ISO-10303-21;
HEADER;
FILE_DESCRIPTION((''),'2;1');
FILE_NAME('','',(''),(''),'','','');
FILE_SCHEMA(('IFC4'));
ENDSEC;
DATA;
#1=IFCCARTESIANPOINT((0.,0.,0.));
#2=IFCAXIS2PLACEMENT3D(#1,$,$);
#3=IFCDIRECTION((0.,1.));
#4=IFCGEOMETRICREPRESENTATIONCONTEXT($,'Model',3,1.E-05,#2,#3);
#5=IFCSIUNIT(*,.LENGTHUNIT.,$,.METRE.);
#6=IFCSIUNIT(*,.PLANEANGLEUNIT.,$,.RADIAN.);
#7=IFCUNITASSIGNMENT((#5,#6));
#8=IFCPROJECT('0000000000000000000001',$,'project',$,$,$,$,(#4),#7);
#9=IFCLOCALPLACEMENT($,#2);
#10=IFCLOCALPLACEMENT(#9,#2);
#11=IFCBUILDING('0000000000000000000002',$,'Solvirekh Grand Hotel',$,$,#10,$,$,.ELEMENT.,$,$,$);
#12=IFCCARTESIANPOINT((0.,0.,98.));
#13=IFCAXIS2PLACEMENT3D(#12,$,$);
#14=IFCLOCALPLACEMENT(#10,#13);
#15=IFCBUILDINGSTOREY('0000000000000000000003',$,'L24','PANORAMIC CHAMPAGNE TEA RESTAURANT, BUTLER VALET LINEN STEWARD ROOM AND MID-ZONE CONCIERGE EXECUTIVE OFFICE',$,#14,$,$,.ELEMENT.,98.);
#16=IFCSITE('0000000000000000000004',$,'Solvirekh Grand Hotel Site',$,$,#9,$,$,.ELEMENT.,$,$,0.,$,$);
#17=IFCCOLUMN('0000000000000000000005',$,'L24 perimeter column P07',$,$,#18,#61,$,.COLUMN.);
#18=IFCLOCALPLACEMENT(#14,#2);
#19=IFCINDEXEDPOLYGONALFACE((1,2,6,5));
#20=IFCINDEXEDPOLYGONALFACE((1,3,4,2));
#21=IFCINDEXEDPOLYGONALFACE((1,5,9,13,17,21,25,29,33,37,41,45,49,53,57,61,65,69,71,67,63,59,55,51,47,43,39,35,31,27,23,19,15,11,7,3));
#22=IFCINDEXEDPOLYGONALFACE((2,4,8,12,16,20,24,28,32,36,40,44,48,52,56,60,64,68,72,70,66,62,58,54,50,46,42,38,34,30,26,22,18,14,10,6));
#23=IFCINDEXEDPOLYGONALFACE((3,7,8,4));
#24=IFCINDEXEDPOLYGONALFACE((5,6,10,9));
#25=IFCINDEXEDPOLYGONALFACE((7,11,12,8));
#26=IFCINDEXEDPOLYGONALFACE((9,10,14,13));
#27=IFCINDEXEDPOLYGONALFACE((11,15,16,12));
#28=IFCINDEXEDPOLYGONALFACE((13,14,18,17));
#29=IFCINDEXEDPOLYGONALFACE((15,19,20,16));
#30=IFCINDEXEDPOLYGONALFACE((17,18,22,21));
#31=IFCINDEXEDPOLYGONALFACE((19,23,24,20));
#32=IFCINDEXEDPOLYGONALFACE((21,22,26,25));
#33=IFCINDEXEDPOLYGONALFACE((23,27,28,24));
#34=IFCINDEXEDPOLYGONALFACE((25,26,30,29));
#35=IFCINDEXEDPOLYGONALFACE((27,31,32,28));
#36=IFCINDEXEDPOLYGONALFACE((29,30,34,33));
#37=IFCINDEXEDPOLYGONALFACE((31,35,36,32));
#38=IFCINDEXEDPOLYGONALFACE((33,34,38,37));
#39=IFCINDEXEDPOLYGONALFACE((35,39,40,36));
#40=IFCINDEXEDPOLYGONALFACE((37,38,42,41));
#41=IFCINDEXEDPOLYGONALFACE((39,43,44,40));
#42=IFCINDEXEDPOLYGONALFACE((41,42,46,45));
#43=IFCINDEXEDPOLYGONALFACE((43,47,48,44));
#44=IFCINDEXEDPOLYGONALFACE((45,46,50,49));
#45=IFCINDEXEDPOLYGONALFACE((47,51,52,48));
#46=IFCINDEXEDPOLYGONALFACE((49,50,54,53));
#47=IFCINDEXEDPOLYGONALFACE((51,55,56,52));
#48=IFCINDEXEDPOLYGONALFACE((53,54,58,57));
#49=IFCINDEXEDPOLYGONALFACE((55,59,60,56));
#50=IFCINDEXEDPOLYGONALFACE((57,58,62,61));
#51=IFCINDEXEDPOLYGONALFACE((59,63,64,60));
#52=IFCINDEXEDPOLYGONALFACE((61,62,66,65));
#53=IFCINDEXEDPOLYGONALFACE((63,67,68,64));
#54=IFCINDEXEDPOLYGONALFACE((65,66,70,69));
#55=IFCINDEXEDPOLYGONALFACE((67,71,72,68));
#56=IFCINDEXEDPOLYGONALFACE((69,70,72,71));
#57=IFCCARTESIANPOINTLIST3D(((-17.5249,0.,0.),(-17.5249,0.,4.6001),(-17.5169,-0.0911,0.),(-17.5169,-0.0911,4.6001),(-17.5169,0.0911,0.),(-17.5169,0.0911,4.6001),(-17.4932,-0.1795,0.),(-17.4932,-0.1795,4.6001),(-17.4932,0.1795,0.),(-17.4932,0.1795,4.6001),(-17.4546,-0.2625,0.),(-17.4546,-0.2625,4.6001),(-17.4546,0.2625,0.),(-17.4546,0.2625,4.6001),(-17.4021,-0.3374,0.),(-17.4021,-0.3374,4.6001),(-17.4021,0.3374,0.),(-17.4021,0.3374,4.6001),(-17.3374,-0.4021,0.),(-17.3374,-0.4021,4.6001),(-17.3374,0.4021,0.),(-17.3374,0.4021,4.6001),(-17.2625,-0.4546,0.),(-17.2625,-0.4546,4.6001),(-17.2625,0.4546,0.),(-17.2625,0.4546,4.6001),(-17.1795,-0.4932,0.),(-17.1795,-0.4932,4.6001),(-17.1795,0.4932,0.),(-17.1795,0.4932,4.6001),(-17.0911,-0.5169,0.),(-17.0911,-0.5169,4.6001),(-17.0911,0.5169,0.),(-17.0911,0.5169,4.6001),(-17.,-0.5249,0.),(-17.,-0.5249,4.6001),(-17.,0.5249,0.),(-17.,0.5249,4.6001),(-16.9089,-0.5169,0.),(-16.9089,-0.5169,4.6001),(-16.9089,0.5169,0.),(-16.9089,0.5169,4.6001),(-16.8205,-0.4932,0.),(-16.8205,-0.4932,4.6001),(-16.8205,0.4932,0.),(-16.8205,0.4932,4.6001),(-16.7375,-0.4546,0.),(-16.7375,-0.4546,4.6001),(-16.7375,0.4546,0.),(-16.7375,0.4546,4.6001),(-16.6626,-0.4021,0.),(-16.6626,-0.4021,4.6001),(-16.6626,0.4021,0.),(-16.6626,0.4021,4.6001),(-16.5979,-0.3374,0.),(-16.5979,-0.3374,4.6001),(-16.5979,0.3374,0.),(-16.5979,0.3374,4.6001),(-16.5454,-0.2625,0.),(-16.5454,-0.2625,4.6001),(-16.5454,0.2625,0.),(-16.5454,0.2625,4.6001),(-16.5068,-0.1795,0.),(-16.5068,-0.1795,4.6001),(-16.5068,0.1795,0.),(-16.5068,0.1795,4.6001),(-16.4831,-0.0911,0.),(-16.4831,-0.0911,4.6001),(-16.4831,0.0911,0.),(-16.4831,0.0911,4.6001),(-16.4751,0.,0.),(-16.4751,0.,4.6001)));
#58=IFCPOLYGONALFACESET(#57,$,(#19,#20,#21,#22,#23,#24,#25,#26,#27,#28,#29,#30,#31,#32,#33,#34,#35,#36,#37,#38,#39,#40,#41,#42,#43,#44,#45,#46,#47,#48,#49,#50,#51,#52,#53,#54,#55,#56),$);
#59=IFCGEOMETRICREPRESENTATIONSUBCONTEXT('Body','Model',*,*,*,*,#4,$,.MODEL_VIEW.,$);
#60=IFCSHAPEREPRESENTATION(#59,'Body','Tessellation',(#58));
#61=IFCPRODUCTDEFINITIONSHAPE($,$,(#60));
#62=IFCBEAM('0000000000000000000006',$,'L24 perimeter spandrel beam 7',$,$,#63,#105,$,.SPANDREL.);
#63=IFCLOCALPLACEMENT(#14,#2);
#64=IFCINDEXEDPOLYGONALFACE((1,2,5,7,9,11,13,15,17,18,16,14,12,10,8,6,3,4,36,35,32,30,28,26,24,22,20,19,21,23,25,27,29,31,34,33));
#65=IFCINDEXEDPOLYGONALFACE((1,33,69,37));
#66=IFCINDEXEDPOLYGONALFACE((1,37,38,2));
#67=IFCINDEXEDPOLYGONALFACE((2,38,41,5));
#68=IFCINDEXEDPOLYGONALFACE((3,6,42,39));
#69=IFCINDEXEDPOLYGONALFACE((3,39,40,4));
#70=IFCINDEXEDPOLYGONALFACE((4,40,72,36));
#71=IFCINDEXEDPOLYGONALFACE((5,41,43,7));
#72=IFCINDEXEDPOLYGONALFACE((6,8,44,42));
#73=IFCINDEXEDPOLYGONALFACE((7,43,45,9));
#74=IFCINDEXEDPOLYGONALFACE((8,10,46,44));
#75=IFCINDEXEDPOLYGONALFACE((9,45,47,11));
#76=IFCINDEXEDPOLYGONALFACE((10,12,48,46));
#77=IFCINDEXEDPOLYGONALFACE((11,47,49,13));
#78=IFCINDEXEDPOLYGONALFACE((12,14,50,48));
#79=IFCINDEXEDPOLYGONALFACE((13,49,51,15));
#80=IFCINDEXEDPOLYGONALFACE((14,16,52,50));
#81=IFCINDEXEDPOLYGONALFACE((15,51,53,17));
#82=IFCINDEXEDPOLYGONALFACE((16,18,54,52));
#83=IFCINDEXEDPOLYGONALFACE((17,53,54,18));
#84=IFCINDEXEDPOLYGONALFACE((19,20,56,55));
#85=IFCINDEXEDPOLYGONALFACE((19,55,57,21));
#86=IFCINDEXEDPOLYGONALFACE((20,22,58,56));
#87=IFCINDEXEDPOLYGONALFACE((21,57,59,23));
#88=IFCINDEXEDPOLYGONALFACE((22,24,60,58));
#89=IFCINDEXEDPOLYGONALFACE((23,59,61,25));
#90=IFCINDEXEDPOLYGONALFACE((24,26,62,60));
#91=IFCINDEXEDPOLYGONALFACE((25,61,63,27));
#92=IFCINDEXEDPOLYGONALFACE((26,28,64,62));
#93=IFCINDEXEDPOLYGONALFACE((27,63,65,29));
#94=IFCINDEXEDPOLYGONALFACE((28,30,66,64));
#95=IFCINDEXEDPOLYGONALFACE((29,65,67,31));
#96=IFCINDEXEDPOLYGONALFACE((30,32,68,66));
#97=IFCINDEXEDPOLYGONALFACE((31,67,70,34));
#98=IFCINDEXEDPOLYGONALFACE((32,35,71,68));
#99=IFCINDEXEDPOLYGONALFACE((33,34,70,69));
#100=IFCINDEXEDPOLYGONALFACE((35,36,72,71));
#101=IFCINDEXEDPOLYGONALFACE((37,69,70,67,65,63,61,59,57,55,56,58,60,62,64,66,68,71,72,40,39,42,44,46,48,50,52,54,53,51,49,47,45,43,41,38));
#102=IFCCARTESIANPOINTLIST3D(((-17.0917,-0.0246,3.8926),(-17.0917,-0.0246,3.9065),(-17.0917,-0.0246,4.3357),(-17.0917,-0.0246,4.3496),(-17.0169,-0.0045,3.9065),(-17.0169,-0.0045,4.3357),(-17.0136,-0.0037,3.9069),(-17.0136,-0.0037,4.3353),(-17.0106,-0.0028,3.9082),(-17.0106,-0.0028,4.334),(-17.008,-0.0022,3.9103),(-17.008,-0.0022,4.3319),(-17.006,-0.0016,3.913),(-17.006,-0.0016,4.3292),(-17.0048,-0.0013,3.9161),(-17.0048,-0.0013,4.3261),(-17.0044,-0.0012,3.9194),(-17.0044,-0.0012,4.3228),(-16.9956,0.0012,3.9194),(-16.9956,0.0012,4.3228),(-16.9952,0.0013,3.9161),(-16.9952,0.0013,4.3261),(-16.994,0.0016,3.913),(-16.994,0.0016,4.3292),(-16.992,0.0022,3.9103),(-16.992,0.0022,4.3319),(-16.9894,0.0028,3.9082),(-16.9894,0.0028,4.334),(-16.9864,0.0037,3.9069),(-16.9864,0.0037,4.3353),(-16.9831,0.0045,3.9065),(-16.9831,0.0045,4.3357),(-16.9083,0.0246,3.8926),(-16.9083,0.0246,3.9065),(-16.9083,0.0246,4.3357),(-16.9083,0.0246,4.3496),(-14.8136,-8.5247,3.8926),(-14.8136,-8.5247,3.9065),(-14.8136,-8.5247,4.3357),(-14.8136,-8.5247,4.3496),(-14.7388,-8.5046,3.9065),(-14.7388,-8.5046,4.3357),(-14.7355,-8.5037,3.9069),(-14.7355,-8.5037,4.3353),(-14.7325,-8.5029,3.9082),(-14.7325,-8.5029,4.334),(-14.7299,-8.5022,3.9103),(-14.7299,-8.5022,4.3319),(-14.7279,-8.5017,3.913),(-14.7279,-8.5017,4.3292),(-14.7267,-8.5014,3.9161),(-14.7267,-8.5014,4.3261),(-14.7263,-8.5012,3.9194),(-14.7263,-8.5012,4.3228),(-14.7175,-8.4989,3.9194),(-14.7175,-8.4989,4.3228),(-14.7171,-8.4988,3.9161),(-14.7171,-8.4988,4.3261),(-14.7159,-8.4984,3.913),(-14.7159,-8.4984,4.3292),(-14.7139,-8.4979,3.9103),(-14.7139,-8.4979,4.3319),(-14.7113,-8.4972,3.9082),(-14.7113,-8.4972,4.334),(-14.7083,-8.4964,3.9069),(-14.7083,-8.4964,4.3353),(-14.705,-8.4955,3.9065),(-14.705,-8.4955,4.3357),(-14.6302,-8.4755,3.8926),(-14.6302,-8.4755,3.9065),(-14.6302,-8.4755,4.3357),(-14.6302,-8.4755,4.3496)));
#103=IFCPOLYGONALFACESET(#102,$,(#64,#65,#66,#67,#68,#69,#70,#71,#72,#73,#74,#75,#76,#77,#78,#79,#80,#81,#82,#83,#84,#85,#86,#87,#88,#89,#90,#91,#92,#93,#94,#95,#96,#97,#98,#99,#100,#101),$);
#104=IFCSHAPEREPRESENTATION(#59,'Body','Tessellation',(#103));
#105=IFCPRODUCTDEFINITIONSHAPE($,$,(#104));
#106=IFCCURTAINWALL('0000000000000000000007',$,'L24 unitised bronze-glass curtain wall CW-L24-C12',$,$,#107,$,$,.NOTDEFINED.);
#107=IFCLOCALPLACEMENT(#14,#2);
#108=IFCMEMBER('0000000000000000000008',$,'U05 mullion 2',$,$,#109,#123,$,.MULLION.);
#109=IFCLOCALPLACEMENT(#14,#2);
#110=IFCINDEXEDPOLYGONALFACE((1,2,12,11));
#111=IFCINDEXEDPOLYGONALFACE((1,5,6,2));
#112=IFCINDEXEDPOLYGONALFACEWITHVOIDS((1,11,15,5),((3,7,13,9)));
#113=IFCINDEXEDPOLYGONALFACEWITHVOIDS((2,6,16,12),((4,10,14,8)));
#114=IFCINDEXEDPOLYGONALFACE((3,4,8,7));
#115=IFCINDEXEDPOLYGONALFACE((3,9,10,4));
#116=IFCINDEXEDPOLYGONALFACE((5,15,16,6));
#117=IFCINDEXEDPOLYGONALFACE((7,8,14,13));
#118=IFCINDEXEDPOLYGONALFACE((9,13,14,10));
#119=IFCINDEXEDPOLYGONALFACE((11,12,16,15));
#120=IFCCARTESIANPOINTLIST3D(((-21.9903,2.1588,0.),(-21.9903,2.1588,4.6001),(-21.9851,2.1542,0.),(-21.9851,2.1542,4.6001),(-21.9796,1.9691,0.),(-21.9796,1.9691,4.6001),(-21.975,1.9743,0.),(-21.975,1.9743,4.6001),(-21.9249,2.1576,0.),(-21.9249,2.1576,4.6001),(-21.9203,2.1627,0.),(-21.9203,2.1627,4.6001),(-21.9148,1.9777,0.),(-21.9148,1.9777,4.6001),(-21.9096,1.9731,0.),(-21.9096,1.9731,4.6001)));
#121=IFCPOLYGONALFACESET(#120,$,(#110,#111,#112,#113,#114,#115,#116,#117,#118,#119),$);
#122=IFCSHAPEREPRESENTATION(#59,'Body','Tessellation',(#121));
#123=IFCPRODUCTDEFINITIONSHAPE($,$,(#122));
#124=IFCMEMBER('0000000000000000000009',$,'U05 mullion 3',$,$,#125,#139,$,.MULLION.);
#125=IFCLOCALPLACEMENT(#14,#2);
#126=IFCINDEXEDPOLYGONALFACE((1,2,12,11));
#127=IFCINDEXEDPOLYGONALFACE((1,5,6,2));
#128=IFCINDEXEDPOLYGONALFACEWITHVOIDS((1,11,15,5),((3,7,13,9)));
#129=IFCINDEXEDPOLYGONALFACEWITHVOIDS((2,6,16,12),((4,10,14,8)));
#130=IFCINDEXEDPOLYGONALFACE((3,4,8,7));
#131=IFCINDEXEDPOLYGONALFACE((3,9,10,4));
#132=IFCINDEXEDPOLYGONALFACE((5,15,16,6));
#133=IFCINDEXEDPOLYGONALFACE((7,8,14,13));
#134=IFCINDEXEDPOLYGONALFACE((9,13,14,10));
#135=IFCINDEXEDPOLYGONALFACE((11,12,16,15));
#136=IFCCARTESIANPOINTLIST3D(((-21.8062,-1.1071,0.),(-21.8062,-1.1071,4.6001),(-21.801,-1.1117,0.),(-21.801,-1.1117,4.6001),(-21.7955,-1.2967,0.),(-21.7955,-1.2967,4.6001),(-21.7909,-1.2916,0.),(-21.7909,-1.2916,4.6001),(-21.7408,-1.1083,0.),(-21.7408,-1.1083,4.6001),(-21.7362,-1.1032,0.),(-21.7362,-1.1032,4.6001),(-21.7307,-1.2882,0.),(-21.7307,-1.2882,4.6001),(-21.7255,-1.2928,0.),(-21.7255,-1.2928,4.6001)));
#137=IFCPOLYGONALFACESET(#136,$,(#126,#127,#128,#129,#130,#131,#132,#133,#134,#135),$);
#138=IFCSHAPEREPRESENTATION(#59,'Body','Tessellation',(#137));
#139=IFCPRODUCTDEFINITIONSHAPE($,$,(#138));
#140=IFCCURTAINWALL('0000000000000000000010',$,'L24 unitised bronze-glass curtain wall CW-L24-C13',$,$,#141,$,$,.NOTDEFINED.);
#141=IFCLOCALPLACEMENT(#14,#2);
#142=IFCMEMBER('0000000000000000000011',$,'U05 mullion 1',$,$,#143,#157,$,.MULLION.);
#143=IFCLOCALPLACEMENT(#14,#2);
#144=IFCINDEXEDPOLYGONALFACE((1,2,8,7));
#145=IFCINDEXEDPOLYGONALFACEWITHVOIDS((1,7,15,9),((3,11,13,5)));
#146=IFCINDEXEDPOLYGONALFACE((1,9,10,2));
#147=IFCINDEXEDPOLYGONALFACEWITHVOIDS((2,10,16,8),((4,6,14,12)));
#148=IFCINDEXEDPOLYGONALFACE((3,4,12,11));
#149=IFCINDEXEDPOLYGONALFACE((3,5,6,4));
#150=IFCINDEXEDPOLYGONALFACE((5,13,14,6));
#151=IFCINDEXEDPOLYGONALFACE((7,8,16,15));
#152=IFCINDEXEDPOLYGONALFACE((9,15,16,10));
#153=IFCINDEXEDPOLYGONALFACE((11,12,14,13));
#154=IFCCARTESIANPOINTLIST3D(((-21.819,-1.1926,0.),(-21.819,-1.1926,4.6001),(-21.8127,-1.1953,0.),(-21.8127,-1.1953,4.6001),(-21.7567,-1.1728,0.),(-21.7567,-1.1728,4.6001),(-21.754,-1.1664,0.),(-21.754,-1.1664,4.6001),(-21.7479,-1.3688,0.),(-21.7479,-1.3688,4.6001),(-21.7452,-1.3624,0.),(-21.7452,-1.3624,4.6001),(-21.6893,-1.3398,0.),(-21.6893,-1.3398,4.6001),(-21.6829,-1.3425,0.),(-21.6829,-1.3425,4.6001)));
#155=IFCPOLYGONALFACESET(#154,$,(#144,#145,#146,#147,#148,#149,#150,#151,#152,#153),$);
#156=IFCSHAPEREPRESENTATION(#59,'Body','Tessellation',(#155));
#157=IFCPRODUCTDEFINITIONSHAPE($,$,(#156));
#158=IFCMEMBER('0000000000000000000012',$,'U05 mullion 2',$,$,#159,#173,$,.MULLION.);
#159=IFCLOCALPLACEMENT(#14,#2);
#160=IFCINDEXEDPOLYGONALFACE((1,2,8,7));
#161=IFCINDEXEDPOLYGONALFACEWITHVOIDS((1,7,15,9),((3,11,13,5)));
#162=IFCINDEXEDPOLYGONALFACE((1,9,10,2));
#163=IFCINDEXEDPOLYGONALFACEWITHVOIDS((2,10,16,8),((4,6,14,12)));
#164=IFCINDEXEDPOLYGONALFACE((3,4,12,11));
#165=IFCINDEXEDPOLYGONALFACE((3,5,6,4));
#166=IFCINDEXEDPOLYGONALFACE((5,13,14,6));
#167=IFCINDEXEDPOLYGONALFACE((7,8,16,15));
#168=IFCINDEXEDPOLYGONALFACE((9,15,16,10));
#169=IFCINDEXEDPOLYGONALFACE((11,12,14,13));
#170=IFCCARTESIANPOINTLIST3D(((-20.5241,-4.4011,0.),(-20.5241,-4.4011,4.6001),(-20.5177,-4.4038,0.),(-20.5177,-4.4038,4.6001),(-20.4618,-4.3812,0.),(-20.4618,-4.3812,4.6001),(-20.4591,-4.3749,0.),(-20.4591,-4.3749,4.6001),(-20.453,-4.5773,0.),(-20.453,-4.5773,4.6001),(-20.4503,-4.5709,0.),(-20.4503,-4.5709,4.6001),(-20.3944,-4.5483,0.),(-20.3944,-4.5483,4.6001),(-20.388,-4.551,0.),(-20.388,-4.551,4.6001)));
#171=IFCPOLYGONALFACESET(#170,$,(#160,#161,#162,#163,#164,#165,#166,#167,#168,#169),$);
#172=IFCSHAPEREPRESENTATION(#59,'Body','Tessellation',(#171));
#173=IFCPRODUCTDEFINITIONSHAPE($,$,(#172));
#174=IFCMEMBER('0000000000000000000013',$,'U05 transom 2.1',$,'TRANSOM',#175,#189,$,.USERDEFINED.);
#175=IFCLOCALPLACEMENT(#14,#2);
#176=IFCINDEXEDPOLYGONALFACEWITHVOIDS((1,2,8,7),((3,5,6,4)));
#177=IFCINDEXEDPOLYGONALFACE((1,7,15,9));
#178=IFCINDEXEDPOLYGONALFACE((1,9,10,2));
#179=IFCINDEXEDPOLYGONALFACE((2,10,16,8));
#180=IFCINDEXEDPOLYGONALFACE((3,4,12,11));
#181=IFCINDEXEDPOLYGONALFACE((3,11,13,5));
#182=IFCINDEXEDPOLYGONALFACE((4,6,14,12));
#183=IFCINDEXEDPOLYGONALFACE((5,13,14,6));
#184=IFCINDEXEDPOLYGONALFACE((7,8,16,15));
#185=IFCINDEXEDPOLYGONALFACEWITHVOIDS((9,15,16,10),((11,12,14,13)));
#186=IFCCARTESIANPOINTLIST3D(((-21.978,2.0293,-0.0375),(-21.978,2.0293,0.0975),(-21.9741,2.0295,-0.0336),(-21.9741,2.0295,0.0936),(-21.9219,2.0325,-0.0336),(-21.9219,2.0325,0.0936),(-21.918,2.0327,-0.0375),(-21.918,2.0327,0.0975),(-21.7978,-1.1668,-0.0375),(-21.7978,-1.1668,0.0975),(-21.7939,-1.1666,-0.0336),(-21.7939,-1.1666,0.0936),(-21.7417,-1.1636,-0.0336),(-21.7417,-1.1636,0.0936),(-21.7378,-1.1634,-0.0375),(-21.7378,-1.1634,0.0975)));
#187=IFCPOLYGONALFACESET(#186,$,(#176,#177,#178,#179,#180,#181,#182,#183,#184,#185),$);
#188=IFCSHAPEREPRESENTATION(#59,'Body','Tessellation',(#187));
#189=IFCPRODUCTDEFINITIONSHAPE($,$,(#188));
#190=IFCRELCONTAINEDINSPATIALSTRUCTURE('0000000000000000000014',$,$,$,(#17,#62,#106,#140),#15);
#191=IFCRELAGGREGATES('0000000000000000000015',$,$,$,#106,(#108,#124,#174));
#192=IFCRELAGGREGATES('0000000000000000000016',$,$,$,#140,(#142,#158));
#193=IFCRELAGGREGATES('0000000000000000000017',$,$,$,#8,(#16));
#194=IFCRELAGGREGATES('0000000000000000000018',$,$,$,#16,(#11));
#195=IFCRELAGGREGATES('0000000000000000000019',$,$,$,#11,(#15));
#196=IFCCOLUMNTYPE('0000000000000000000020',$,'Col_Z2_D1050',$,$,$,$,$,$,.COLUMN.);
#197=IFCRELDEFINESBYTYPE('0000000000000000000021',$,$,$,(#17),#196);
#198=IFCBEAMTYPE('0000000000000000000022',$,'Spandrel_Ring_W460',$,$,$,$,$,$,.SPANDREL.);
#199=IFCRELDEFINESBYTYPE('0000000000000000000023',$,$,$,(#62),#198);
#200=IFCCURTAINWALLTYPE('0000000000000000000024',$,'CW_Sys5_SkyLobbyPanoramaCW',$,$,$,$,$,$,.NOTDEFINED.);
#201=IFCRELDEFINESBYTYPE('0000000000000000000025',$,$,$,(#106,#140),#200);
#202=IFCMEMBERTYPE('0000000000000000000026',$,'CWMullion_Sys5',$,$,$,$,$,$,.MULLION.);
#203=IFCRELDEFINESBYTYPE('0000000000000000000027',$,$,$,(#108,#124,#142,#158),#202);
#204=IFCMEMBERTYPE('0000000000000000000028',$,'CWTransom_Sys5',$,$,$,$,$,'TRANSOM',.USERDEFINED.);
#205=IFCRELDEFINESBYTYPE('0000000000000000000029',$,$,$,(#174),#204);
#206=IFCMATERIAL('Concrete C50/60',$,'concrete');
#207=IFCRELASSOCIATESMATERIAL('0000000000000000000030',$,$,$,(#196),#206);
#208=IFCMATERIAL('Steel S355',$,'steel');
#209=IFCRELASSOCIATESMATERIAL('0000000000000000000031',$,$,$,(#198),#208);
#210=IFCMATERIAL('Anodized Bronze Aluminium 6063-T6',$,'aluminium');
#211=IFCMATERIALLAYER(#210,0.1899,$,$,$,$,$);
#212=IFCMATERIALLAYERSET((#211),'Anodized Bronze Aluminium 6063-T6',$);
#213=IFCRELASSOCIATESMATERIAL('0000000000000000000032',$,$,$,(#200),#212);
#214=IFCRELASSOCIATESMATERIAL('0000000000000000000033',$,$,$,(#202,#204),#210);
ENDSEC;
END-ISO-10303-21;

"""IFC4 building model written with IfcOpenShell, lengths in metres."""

from ifc_helpers import new_model, si_unit, direction, frame, origin, origin_2d, place, context, subcontext, project, spatial, hollow_rectangle, circle, i_section, extrude, source, transform, mapped, material, layer, layer_set, material_profile, profile_set, type_object, element, aggregate, save


model = new_model("IFC4")

# Units and contexts
model_context = context("Model", 3, precision=1e-05, world=origin(), true_north=direction((0.0, 1.0)))
body_context = subcontext(model_context, "Body", "Model", "MODEL_VIEW")
ifc_project = project(units=[si_unit("LENGTHUNIT", "METRE"), si_unit("PLANEANGLEUNIT", "RADIAN")], contexts=[model_context])

# Site, building, storey
site_placement = place(None, origin())
site = spatial("IfcSite", under=ifc_project, at=site_placement, Name="Solvirekh Grand Hotel Site", CompositionType="ELEMENT", RefElevation=0.0)
building_placement = place(site_placement, origin())
building = spatial("IfcBuilding", under=site, at=building_placement, Name="Solvirekh Grand Hotel", CompositionType="ELEMENT")
storey_placement = place(building_placement, frame((0.0, 0.0, 98.0)))
storey = spatial("IfcBuildingStorey", under=building, at=storey_placement, Name="L24", Description="PANORAMIC CHAMPAGNE TEA RESTAURANT, BUTLER VALET LINEN STEWARD ROOM AND MID-ZONE CONCIERGE EXECUTIVE OFFICE", CompositionType="ELEMENT", Elevation=98.0)

# Column
ifc_material_1 = material(Name="Concrete C50/60", Category="concrete")
ifc_material_profile_1 = material_profile(ifc_material_1, circle(Radius=0.5249, at=origin_2d()), Name="RC CIRC D1050")
ifc_profile_set_1 = profile_set([ifc_material_profile_1], Name="Concrete C50/60")
column_type = type_object("IfcColumnType", Name="Col_Z2_D1050", PredefinedType="COLUMN", material=ifc_profile_set_1)
column_placement = place(storey_placement, frame((-17.0, 0.0, 0.0), z_axis=(0.0, 0.0, 1.0), x_axis=(1.0, 0.0, 0.0)))
element("IfcColumn", 1, at=column_placement, inside=storey, type_object=column_type, Name="L24 perimeter column P07", PredefinedType="COLUMN", context=body_context, shape_type="SweptSolid", body=[
    extrude(circle(Radius=0.5249, at=origin_2d()), origin(), (0.0, 0.0, 1.0), 4.6001),
])

# Beam
ifc_material_2 = material(Name="Steel S355", Category="steel")
ifc_material_profile_2 = material_profile(ifc_material_2, i_section(OverallWidth=0.1899, OverallDepth=0.457, WebThickness=0.009, FlangeThickness=0.0139, FilletRadius=0.0129, at=origin_2d()), Name="W460X74")
ifc_profile_set_2 = profile_set([ifc_material_profile_2], Name="Steel S355")
beam_type = type_object("IfcBeamType", Name="Spandrel_Ring_W460", PredefinedType="SPANDREL", material=ifc_profile_set_2)
beam_placement = place(storey_placement, frame((-17.0, 0.0, 4.1211), z_axis=(0.258873, -0.965911, 0.0), x_axis=(0.965911, 0.258873, 0.0)))
element("IfcBeam", 2, at=beam_placement, inside=storey, type_object=beam_type, Name="L24 perimeter spandrel beam 7", PredefinedType="SPANDREL", context=body_context, shape_type="SweptSolid", body=[
    extrude(i_section(OverallWidth=0.1899, OverallDepth=0.457, WebThickness=0.009, FlangeThickness=0.0139, FilletRadius=0.0129, at=origin_2d()), origin(), (0.0, 0.0, 1.0), 8.8),
])

# Curtain walls, members
ifc_material_3 = material(Name="Anodized Bronze Aluminium 6063-T6", Category="aluminium")
ifc_layer_1 = layer(ifc_material_3, 0.1899)
ifc_layer_set_1 = layer_set([ifc_layer_1], Name="Anodized Bronze Aluminium 6063-T6")
curtain_wall_type = type_object("IfcCurtainWallType", Name="CW_Sys5_SkyLobbyPanoramaCW", PredefinedType="NOTDEFINED", material=ifc_layer_set_1)
curtain_wall_1_placement = place(storey_placement, origin())
curtain_wall_1 = element("IfcCurtainWall", 3, at=curtain_wall_1_placement, inside=storey, type_object=curtain_wall_type, Name="L24 unitised bronze-glass curtain wall CW-L24-C12", PredefinedType="NOTDEFINED")
ifc_material_profile_3 = material_profile(ifc_material_3, hollow_rectangle(XDim=0.0701, YDim=0.1899, WallThickness=0.0049, at=origin_2d()), Name="ALU RHS 190X70X5")
ifc_profile_set_3 = profile_set([ifc_material_profile_3], Name="Anodized Bronze Aluminium 6063-T6")
member_type_1 = type_object("IfcMemberType", Name="CWMullion_Sys5", PredefinedType="MULLION", material=ifc_profile_set_3)
shared_shape_1 = source(origin(), body_context, "Body", "SweptSolid", [
    extrude(hollow_rectangle(XDim=0.0701, YDim=0.1899, WallThickness=0.0049, at=origin_2d()), origin(), (0.0, 0.0, 1.0), 4.6001),
])
member_1_placement = place(storey_placement, frame((-21.95, 2.0659, 0.0), z_axis=(0.0, 0.0, 1.0), x_axis=(0.998416, 0.056257, 0.0)))
member_1 = element("IfcMember", 4, at=member_1_placement, type_object=member_type_1, Name="U05 mullion 2", PredefinedType="MULLION", context=body_context, shape_type="MappedRepresentation", body=[
    mapped(shared_shape_1, transform((0.0, 0.0, 0.0), x_axis=(1.0, 0.0, 0.0), y_axis=(0.0, 1.0, 0.0), z_axis=(0.0, 0.0, 1.0), scale=1.0)),
])
member_2_placement = place(storey_placement, frame((-21.7659, -1.2, 0.0), z_axis=(0.0, 0.0, 1.0), x_axis=(0.998416, 0.056257, 0.0)))
member_2 = element("IfcMember", 5, at=member_2_placement, type_object=member_type_1, Name="U05 mullion 3", PredefinedType="MULLION", context=body_context, shape_type="MappedRepresentation", body=[
    mapped(shared_shape_1, transform((0.0, 0.0, 0.0), x_axis=(1.0, 0.0, 0.0), y_axis=(0.0, 1.0, 0.0), z_axis=(0.0, 0.0, 1.0), scale=1.0)),
])
curtain_wall_2_placement = place(storey_placement, origin())
curtain_wall_2 = element("IfcCurtainWall", 6, at=curtain_wall_2_placement, inside=storey, type_object=curtain_wall_type, Name="L24 unitised bronze-glass curtain wall CW-L24-C13", PredefinedType="NOTDEFINED")
member_3_placement = place(storey_placement, frame((-21.751, -1.2676, 0.0), z_axis=(0.0, 0.0, 1.0), x_axis=(0.927328, 0.37425, 0.0)))
member_3 = element("IfcMember", 7, at=member_3_placement, type_object=member_type_1, Name="U05 mullion 1", PredefinedType="MULLION", context=body_context, shape_type="MappedRepresentation", body=[
    mapped(shared_shape_1, transform((0.0, 0.0, 0.0), x_axis=(1.0, 0.0, 0.0), y_axis=(0.0, 1.0, 0.0), z_axis=(0.0, 0.0, 1.0), scale=1.0)),
])
member_4_placement = place(storey_placement, frame((-20.4561, -4.4761, 0.0), z_axis=(0.0, 0.0, 1.0), x_axis=(0.927328, 0.37425, 0.0)))
member_4 = element("IfcMember", 8, at=member_4_placement, type_object=member_type_1, Name="U05 mullion 2", PredefinedType="MULLION", context=body_context, shape_type="MappedRepresentation", body=[
    mapped(shared_shape_1, transform((0.0, 0.0, 0.0), x_axis=(1.0, 0.0, 0.0), y_axis=(0.0, 1.0, 0.0), z_axis=(0.0, 0.0, 1.0), scale=1.0)),
])

# Member
ifc_material_profile_4 = material_profile(ifc_material_3, hollow_rectangle(XDim=0.0601, YDim=0.135, WallThickness=0.0039, at=origin_2d()), Name="ALU RHS 135X60X4")
ifc_profile_set_4 = profile_set([ifc_material_profile_4], Name="Anodized Bronze Aluminium 6063-T6")
member_type_2 = type_object("IfcMemberType", Name="CWTransom_Sys5", ElementType="TRANSOM", PredefinedType="USERDEFINED", material=ifc_profile_set_4)
shared_shape_2 = source(origin(), body_context, "Body", "SweptSolid", [
    extrude(hollow_rectangle(XDim=0.0601, YDim=0.135, WallThickness=0.0039, at=origin_2d()), origin(), (0.0, 0.0, 1.0), 3.2012),
])
member_5_placement = place(storey_placement, frame((-21.948, 2.031, 0.03), z_axis=(0.056285, -0.998415, 0.0), x_axis=(0.998415, 0.056285, 0.0)))
member_5 = element("IfcMember", 9, at=member_5_placement, type_object=member_type_2, Name="U05 transom 2.1", ObjectType="TRANSOM", PredefinedType="USERDEFINED", context=body_context, shape_type="MappedRepresentation", body=[
    mapped(shared_shape_2, transform((0.0, 0.0, 0.0), x_axis=(1.0, 0.0, 0.0), y_axis=(0.0, 1.0, 0.0), z_axis=(0.0, 0.0, 1.0), scale=1.0)),
])

aggregate(curtain_wall_1, [member_1, member_2, member_5])
aggregate(curtain_wall_2, [member_3, member_4])

save(model, "model.ifc")
